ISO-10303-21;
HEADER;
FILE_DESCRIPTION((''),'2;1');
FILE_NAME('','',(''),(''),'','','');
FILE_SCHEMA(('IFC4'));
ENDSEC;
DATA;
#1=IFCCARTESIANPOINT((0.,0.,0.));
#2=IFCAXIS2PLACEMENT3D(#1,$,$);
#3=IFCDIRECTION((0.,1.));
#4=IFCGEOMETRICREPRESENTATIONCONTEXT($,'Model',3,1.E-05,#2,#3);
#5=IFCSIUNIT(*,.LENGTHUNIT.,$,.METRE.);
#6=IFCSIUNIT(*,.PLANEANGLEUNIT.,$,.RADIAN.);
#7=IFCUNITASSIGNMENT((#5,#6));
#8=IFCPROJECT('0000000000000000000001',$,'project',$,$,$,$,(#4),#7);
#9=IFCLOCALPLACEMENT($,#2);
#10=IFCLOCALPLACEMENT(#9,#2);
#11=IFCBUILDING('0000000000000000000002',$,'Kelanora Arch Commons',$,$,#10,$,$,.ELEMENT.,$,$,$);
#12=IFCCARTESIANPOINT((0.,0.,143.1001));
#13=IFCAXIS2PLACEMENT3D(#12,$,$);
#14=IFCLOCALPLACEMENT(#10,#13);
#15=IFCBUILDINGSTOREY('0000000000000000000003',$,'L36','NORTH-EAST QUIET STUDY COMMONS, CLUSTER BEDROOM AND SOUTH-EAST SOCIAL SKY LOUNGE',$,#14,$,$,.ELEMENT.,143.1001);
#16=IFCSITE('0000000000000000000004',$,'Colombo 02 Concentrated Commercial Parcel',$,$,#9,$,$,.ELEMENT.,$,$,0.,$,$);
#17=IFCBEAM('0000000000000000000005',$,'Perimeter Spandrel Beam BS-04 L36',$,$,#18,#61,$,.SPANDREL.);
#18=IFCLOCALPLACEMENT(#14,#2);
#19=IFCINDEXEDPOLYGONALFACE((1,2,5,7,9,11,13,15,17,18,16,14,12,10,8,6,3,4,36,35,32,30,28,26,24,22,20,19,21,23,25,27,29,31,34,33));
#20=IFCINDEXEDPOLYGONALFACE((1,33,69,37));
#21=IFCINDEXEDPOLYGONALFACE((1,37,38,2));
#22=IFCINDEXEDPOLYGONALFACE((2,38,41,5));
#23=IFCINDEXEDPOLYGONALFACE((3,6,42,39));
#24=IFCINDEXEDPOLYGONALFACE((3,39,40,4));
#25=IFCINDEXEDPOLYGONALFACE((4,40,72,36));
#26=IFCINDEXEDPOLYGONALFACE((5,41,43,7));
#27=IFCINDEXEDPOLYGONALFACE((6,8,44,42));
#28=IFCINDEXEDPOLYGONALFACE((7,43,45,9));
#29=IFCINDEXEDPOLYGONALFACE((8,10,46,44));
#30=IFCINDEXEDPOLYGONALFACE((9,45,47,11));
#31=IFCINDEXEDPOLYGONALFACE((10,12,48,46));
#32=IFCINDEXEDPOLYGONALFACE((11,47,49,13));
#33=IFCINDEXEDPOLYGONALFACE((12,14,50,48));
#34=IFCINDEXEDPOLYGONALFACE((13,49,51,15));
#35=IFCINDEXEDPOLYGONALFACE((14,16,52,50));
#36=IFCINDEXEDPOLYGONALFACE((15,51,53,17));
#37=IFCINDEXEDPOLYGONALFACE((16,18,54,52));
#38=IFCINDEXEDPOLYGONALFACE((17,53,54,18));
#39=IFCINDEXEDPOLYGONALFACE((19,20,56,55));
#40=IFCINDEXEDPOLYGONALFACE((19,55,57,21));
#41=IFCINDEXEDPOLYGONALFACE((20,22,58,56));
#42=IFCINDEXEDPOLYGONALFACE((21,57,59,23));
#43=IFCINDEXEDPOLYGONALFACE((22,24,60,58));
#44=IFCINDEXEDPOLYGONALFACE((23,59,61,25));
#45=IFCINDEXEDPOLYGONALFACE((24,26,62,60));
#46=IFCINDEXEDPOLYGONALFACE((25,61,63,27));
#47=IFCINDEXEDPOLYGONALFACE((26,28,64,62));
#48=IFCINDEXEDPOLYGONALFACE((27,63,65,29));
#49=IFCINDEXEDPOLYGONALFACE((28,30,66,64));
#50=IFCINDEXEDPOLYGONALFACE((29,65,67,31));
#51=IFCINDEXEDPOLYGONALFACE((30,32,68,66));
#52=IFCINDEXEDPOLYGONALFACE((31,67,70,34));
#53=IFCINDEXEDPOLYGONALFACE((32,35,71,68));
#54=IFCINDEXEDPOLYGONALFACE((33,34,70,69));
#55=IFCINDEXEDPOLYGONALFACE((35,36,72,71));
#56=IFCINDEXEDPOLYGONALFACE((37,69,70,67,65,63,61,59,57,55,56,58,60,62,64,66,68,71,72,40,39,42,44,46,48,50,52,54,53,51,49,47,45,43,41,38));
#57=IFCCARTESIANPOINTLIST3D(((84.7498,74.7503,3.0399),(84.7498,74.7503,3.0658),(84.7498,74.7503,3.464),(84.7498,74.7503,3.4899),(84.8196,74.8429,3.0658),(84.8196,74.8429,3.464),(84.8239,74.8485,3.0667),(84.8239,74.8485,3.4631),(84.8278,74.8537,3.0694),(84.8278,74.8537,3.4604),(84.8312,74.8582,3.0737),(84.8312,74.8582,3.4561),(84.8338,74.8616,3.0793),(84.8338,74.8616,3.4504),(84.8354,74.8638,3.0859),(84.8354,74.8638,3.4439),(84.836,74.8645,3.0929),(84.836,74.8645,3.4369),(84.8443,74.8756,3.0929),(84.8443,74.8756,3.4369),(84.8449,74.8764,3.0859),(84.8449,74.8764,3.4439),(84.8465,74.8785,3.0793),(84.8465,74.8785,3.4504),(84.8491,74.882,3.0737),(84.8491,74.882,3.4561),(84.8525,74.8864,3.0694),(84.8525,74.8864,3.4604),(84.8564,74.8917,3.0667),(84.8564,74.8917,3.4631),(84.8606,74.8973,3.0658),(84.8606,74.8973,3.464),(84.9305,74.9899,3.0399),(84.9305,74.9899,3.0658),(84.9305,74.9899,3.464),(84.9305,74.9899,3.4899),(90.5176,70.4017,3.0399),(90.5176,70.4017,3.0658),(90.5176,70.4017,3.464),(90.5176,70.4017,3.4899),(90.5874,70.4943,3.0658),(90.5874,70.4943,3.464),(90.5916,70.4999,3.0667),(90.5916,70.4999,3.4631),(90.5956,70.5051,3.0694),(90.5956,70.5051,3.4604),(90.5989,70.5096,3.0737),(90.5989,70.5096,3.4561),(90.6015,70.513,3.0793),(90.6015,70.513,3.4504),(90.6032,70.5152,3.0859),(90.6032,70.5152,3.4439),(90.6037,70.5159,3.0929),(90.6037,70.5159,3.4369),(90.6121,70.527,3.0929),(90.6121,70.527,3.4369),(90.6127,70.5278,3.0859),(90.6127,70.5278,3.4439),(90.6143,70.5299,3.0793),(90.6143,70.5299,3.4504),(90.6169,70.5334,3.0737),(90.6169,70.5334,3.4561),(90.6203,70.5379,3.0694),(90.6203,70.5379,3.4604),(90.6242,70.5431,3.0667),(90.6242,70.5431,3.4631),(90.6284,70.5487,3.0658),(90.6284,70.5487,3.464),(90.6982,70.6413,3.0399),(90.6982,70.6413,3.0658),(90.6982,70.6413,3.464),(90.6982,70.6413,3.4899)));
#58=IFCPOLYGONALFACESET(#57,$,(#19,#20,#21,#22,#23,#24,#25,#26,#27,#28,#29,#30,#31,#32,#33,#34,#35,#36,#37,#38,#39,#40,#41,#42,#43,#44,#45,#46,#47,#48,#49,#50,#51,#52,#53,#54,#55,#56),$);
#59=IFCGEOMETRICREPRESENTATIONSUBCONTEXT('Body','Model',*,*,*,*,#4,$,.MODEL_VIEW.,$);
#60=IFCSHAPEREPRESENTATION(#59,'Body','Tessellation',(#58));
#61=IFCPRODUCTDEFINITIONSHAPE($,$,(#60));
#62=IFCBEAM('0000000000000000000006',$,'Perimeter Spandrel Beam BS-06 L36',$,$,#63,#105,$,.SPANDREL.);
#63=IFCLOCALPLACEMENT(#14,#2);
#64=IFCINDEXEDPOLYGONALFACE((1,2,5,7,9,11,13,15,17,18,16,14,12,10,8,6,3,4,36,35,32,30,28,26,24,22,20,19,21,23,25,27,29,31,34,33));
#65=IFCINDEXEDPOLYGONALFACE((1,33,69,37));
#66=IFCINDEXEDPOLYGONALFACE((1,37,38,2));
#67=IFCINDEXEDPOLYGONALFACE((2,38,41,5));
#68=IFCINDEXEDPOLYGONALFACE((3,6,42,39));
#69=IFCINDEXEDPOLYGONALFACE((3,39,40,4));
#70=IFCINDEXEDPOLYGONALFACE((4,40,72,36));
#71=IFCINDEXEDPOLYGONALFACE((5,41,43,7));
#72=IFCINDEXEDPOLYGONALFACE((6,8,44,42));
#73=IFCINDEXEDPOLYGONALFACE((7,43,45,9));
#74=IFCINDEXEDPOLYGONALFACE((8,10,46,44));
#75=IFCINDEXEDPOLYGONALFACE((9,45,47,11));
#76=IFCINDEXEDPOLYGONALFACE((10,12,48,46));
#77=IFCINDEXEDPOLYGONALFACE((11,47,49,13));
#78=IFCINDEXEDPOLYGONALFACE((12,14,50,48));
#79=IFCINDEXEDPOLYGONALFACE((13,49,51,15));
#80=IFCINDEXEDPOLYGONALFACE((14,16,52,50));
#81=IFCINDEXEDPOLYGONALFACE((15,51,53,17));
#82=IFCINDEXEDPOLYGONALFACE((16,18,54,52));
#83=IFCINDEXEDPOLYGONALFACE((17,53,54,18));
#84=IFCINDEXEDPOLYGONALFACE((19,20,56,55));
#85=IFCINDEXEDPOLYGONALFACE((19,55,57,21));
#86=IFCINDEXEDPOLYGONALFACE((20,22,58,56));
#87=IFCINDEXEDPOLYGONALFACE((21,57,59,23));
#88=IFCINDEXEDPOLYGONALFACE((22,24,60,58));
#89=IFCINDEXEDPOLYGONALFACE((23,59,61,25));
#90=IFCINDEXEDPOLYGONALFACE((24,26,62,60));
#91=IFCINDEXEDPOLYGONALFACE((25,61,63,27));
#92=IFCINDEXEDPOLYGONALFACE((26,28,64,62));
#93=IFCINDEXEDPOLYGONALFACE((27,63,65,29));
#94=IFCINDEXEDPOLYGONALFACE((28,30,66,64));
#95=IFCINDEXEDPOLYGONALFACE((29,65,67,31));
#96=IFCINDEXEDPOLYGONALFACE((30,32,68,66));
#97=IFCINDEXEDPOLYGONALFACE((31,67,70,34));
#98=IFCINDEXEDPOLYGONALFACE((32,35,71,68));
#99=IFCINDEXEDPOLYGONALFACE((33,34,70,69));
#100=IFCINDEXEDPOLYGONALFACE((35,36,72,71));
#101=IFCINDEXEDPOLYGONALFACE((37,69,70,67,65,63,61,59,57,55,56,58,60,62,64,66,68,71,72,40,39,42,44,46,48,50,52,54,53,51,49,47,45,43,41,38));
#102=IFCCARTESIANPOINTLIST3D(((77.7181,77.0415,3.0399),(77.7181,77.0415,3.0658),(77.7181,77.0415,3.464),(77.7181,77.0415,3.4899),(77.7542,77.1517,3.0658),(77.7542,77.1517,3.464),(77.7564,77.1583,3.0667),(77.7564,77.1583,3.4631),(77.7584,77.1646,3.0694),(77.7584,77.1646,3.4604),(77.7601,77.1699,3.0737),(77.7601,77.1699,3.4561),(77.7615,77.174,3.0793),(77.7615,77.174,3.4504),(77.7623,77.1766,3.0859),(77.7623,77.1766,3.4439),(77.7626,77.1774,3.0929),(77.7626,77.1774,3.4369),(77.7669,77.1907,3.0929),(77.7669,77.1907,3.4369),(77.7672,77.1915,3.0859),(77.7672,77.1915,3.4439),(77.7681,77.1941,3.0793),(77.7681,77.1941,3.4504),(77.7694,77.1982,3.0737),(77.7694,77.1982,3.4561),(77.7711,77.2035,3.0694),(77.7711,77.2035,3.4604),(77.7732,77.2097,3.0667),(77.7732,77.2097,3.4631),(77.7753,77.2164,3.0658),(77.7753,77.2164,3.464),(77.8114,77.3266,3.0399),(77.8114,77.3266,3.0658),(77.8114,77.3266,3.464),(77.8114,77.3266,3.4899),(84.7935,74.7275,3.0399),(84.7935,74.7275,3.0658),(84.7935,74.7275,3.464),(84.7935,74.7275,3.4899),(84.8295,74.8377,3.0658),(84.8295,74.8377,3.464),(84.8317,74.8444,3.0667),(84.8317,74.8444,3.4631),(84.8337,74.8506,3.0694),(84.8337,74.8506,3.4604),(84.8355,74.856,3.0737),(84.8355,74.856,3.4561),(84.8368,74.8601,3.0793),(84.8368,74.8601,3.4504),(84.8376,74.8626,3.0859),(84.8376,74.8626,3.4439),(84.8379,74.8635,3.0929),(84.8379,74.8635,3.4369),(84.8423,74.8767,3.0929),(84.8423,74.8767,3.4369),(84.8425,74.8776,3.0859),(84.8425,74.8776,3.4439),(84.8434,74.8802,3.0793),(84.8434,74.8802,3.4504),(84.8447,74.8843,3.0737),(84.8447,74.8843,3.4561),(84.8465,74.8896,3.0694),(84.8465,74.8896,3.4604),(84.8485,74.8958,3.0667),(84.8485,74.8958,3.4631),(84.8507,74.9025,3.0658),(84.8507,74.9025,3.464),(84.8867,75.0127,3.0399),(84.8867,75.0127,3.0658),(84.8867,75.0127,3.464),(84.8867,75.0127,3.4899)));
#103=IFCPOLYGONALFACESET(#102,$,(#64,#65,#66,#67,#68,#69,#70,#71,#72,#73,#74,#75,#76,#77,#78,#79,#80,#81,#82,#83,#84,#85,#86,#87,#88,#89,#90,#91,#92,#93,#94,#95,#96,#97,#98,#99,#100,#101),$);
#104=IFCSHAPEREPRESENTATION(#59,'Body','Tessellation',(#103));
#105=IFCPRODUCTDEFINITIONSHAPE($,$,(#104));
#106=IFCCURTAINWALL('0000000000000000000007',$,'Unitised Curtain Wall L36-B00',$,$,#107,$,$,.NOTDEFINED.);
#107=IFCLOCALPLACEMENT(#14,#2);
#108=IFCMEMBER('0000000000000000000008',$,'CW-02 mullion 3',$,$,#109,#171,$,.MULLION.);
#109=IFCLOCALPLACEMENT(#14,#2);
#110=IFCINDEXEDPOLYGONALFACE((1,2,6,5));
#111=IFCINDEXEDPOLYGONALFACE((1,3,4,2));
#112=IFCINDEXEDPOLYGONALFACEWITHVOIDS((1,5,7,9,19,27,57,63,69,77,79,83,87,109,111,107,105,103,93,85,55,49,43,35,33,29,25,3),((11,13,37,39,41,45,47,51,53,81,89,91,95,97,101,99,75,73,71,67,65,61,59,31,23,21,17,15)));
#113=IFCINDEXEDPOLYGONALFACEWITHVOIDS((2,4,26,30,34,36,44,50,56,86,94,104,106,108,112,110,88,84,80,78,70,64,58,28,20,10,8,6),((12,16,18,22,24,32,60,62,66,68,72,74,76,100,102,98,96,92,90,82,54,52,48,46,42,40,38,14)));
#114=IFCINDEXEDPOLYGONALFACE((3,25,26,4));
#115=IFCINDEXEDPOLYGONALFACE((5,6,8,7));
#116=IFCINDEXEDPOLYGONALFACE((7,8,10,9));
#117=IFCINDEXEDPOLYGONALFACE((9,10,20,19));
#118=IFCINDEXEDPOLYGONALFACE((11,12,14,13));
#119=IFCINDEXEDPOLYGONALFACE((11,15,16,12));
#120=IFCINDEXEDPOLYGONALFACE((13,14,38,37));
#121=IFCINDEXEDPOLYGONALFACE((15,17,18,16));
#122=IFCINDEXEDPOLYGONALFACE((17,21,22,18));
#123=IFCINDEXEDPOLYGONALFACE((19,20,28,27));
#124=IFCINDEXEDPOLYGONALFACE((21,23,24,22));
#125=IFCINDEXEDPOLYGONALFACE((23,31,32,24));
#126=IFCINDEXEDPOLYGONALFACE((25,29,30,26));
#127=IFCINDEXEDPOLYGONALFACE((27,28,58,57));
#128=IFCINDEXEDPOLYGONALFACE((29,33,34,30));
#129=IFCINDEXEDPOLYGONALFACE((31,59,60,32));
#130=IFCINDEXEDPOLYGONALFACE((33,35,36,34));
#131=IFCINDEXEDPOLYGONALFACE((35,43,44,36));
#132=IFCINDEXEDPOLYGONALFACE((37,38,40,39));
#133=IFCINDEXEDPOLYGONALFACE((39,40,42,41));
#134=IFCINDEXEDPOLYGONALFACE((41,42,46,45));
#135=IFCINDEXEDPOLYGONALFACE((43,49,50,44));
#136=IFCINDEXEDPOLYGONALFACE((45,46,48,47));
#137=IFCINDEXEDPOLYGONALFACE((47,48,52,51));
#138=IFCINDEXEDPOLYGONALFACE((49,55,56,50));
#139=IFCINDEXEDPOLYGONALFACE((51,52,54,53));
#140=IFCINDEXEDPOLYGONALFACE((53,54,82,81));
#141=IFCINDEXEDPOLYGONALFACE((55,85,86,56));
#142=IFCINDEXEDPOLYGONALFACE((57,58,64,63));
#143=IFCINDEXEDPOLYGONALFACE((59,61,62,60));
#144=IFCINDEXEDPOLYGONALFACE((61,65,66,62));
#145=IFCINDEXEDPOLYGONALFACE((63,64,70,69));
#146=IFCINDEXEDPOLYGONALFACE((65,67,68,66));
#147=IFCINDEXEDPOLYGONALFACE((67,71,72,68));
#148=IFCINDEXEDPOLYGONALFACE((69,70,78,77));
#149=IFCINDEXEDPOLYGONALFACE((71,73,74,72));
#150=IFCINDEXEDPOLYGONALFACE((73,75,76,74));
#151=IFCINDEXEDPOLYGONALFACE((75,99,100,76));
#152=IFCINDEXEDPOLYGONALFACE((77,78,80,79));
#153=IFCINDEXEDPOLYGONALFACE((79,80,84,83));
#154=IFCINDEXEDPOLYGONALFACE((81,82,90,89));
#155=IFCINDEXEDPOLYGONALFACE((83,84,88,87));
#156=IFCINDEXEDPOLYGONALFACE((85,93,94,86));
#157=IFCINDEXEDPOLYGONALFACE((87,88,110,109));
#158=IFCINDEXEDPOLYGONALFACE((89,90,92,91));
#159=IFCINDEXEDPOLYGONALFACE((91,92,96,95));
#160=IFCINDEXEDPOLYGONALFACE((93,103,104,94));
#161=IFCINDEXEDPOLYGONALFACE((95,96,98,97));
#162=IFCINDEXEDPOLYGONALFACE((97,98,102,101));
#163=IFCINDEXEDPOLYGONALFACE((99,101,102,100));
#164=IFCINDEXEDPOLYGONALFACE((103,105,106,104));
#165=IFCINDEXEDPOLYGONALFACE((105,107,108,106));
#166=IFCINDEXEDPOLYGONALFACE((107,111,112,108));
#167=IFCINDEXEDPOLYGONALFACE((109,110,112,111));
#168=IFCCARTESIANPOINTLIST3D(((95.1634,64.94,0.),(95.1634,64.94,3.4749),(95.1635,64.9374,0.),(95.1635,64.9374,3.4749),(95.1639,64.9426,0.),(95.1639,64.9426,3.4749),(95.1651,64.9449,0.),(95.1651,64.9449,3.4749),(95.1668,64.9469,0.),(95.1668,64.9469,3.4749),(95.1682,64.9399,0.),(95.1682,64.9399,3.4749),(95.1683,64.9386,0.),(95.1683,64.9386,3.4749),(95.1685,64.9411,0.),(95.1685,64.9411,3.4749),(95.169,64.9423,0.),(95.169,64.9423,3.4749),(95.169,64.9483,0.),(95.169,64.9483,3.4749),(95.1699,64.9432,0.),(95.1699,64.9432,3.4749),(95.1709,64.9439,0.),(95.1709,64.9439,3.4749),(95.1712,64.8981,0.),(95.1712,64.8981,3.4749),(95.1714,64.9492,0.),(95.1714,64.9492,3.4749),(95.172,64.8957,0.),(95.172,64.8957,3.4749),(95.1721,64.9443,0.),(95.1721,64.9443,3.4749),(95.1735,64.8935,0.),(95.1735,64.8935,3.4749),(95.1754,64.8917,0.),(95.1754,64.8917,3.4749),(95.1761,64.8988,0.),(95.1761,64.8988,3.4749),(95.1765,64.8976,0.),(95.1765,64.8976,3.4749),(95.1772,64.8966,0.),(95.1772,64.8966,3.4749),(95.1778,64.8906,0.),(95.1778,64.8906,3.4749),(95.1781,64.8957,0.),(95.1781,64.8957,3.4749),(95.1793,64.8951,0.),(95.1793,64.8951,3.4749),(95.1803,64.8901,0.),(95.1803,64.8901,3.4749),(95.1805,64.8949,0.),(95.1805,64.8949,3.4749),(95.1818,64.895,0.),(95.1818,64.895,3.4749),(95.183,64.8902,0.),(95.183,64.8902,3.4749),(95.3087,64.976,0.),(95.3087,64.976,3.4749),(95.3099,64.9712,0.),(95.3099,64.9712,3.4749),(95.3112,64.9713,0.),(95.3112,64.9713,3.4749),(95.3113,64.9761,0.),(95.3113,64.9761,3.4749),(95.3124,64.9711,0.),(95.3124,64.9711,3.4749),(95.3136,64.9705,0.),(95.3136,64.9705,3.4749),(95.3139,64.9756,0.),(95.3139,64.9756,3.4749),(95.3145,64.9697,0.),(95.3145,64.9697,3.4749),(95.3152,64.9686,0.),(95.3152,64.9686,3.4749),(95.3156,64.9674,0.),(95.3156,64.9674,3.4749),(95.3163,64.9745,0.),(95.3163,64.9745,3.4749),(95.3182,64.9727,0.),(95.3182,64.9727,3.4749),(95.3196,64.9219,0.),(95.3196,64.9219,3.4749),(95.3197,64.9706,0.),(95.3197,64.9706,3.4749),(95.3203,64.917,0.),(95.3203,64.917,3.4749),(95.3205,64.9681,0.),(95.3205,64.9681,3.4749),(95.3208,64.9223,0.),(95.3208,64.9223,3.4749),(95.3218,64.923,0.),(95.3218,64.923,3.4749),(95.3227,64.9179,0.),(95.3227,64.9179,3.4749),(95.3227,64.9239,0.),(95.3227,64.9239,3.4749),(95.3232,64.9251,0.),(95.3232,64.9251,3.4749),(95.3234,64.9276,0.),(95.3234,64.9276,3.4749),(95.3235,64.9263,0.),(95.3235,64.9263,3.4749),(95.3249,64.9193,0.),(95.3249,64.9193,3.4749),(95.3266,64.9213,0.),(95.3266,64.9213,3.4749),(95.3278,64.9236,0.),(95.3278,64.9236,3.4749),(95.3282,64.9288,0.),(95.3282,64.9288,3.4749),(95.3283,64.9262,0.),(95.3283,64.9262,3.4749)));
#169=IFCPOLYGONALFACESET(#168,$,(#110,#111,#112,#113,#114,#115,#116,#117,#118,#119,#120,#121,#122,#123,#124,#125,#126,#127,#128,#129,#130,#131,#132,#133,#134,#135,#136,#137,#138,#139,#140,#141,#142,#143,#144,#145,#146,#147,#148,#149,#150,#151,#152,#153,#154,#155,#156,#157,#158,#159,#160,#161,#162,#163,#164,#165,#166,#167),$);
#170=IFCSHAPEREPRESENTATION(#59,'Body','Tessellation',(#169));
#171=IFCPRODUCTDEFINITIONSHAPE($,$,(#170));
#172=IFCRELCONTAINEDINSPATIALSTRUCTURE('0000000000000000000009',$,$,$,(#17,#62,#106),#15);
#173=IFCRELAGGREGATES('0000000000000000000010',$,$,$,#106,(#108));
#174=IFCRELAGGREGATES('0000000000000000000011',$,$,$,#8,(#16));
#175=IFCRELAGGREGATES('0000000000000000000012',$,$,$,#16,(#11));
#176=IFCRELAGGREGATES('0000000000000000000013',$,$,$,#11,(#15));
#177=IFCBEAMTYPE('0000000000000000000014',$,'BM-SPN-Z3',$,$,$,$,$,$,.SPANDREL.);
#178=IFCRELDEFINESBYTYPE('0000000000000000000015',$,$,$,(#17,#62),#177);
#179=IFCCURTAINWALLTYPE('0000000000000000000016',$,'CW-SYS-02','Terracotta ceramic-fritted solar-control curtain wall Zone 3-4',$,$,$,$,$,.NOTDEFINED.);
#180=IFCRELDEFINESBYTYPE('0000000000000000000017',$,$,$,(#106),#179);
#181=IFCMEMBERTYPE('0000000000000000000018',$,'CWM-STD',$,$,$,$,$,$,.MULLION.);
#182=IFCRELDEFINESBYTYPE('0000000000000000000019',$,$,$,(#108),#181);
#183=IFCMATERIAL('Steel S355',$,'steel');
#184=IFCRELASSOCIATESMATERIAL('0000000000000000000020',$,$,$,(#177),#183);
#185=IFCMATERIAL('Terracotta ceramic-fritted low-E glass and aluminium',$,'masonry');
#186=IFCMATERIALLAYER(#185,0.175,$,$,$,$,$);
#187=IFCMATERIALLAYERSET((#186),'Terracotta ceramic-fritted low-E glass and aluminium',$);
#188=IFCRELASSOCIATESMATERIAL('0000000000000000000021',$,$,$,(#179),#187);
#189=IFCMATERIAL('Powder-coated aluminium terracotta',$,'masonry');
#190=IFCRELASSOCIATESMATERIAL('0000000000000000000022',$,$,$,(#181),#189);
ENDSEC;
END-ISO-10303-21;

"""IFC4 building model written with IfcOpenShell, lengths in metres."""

from ifc_helpers import new_model, si_unit, direction, frame, origin, origin_2d, place, context, subcontext, project, spatial, hollow_rectangle, i_section, extrude, material, layer, layer_set, material_profile, profile_set, type_object, element, aggregate, save


model = new_model("IFC4")

# Units and contexts
model_context = context("Model", 3, precision=1e-05, world=origin(), true_north=direction((0.0, 1.0)))
body_context = subcontext(model_context, "Body", "Model", "MODEL_VIEW")
ifc_project = project(units=[si_unit("LENGTHUNIT", "METRE"), si_unit("PLANEANGLEUNIT", "RADIAN")], contexts=[model_context])

# Site, building, storey
site_placement = place(None, origin())
site = spatial("IfcSite", under=ifc_project, at=site_placement, Name="Colombo 02 Concentrated Commercial Parcel", CompositionType="ELEMENT", RefElevation=0.0)
building_placement = place(site_placement, origin())
building = spatial("IfcBuilding", under=site, at=building_placement, Name="Kelanora Arch Commons", CompositionType="ELEMENT")
storey_placement = place(building_placement, frame((0.0, 0.0, 143.1001)))
storey = spatial("IfcBuildingStorey", under=building, at=storey_placement, Name="L36", Description="NORTH-EAST QUIET STUDY COMMONS, CLUSTER BEDROOM AND SOUTH-EAST SOCIAL SKY LOUNGE", CompositionType="ELEMENT", Elevation=143.1001)

# Beams
ifc_material_1 = material(Name="Steel S355", Category="steel")
ifc_material_profile_1 = material_profile(ifc_material_1, i_section(OverallWidth=0.3, OverallDepth=0.45, WebThickness=0.0139, FlangeThickness=0.0259, FilletRadius=0.0271, at=origin_2d()), Name="HEB450")
ifc_profile_set_1 = profile_set([ifc_material_profile_1], Name="Steel S355")
beam_type_1 = type_object("IfcBeamType", Name="BM-SPN-Z3", PredefinedType="SPANDREL", material=ifc_profile_set_1)
beam_1_placement = place(storey_placement, frame((90.6079, 70.5215, 3.2649), z_axis=(-0.798485, 0.602015, 0.0), x_axis=(-0.602015, -0.798485, 0.0)))
element("IfcBeam", 1, at=beam_1_placement, inside=storey, type_object=beam_type_1, Name="Perimeter Spandrel Beam BS-04 L36", PredefinedType="SPANDREL", context=body_context, shape_type="SweptSolid", body=[
    extrude(i_section(OverallWidth=0.3, OverallDepth=0.45, WebThickness=0.0139, FlangeThickness=0.0259, FilletRadius=0.0271, at=origin_2d()), origin(), (0.0, 0.0, 1.0), 7.2234),
])
beam_2_placement = place(storey_placement, frame((84.8401, 74.8701, 3.2649), z_axis=(-0.950462, 0.310841, 0.0), x_axis=(-0.310841, -0.950462, 0.0)))
element("IfcBeam", 2, at=beam_2_placement, inside=storey, type_object=beam_type_1, Name="Perimeter Spandrel Beam BS-06 L36", PredefinedType="SPANDREL", context=body_context, shape_type="SweptSolid", body=[
    extrude(i_section(OverallWidth=0.3, OverallDepth=0.45, WebThickness=0.0139, FlangeThickness=0.0259, FilletRadius=0.0271, at=origin_2d()), origin(), (0.0, 0.0, 1.0), 7.4441),
])

# Curtain wall, member
ifc_material_2 = material(Name="Terracotta ceramic-fritted low-E glass and aluminium", Category="masonry")
ifc_layer_1 = layer(ifc_material_2, 0.175)
ifc_layer_set_1 = layer_set([ifc_layer_1], Name="Terracotta ceramic-fritted low-E glass and aluminium")
curtain_wall_type = type_object("IfcCurtainWallType", Name="CW-SYS-02", Description="Terracotta ceramic-fritted solar-control curtain wall Zone 3-4", PredefinedType="NOTDEFINED", material=ifc_layer_set_1)
curtain_wall_1_placement = place(storey_placement, origin())
curtain_wall_1 = element("IfcCurtainWall", 3, at=curtain_wall_1_placement, inside=storey, type_object=curtain_wall_type, Name="Unitised Curtain Wall L36-B00", PredefinedType="NOTDEFINED")
ifc_material_3 = material(Name="Powder-coated aluminium terracotta", Category="masonry")
ifc_material_profile_2 = material_profile(ifc_material_3, hollow_rectangle(XDim=0.1599, YDim=0.0601, WallThickness=0.0049, InnerFilletRadius=0.0049, OuterFilletRadius=0.01, at=origin_2d()), Name="CWM160x60")
ifc_profile_set_2 = profile_set([ifc_material_profile_2], Name="Powder-coated aluminium terracotta")
member_type_1 = type_object("IfcMemberType", Name="CWM-STD", PredefinedType="MULLION", material=ifc_profile_set_2)
member_1_placement = place(storey_placement, frame((95.2458, 64.9331, 0.0), z_axis=(0.0, 0.0, 1.0), x_axis=(-0.981453, -0.191705, 0.0)))
member_1 = element("IfcMember", 4, at=member_1_placement, type_object=member_type_1, Name="CW-02 mullion 3", PredefinedType="MULLION", context=body_context, shape_type="SweptSolid", body=[
    extrude(hollow_rectangle(XDim=0.1599, YDim=0.0601, WallThickness=0.0049, InnerFilletRadius=0.0049, OuterFilletRadius=0.01, at=origin_2d()), origin(), (0.0, 0.0, 1.0), 3.4749),
])
aggregate(curtain_wall_1, [member_1])

save(model, "model.ifc")
